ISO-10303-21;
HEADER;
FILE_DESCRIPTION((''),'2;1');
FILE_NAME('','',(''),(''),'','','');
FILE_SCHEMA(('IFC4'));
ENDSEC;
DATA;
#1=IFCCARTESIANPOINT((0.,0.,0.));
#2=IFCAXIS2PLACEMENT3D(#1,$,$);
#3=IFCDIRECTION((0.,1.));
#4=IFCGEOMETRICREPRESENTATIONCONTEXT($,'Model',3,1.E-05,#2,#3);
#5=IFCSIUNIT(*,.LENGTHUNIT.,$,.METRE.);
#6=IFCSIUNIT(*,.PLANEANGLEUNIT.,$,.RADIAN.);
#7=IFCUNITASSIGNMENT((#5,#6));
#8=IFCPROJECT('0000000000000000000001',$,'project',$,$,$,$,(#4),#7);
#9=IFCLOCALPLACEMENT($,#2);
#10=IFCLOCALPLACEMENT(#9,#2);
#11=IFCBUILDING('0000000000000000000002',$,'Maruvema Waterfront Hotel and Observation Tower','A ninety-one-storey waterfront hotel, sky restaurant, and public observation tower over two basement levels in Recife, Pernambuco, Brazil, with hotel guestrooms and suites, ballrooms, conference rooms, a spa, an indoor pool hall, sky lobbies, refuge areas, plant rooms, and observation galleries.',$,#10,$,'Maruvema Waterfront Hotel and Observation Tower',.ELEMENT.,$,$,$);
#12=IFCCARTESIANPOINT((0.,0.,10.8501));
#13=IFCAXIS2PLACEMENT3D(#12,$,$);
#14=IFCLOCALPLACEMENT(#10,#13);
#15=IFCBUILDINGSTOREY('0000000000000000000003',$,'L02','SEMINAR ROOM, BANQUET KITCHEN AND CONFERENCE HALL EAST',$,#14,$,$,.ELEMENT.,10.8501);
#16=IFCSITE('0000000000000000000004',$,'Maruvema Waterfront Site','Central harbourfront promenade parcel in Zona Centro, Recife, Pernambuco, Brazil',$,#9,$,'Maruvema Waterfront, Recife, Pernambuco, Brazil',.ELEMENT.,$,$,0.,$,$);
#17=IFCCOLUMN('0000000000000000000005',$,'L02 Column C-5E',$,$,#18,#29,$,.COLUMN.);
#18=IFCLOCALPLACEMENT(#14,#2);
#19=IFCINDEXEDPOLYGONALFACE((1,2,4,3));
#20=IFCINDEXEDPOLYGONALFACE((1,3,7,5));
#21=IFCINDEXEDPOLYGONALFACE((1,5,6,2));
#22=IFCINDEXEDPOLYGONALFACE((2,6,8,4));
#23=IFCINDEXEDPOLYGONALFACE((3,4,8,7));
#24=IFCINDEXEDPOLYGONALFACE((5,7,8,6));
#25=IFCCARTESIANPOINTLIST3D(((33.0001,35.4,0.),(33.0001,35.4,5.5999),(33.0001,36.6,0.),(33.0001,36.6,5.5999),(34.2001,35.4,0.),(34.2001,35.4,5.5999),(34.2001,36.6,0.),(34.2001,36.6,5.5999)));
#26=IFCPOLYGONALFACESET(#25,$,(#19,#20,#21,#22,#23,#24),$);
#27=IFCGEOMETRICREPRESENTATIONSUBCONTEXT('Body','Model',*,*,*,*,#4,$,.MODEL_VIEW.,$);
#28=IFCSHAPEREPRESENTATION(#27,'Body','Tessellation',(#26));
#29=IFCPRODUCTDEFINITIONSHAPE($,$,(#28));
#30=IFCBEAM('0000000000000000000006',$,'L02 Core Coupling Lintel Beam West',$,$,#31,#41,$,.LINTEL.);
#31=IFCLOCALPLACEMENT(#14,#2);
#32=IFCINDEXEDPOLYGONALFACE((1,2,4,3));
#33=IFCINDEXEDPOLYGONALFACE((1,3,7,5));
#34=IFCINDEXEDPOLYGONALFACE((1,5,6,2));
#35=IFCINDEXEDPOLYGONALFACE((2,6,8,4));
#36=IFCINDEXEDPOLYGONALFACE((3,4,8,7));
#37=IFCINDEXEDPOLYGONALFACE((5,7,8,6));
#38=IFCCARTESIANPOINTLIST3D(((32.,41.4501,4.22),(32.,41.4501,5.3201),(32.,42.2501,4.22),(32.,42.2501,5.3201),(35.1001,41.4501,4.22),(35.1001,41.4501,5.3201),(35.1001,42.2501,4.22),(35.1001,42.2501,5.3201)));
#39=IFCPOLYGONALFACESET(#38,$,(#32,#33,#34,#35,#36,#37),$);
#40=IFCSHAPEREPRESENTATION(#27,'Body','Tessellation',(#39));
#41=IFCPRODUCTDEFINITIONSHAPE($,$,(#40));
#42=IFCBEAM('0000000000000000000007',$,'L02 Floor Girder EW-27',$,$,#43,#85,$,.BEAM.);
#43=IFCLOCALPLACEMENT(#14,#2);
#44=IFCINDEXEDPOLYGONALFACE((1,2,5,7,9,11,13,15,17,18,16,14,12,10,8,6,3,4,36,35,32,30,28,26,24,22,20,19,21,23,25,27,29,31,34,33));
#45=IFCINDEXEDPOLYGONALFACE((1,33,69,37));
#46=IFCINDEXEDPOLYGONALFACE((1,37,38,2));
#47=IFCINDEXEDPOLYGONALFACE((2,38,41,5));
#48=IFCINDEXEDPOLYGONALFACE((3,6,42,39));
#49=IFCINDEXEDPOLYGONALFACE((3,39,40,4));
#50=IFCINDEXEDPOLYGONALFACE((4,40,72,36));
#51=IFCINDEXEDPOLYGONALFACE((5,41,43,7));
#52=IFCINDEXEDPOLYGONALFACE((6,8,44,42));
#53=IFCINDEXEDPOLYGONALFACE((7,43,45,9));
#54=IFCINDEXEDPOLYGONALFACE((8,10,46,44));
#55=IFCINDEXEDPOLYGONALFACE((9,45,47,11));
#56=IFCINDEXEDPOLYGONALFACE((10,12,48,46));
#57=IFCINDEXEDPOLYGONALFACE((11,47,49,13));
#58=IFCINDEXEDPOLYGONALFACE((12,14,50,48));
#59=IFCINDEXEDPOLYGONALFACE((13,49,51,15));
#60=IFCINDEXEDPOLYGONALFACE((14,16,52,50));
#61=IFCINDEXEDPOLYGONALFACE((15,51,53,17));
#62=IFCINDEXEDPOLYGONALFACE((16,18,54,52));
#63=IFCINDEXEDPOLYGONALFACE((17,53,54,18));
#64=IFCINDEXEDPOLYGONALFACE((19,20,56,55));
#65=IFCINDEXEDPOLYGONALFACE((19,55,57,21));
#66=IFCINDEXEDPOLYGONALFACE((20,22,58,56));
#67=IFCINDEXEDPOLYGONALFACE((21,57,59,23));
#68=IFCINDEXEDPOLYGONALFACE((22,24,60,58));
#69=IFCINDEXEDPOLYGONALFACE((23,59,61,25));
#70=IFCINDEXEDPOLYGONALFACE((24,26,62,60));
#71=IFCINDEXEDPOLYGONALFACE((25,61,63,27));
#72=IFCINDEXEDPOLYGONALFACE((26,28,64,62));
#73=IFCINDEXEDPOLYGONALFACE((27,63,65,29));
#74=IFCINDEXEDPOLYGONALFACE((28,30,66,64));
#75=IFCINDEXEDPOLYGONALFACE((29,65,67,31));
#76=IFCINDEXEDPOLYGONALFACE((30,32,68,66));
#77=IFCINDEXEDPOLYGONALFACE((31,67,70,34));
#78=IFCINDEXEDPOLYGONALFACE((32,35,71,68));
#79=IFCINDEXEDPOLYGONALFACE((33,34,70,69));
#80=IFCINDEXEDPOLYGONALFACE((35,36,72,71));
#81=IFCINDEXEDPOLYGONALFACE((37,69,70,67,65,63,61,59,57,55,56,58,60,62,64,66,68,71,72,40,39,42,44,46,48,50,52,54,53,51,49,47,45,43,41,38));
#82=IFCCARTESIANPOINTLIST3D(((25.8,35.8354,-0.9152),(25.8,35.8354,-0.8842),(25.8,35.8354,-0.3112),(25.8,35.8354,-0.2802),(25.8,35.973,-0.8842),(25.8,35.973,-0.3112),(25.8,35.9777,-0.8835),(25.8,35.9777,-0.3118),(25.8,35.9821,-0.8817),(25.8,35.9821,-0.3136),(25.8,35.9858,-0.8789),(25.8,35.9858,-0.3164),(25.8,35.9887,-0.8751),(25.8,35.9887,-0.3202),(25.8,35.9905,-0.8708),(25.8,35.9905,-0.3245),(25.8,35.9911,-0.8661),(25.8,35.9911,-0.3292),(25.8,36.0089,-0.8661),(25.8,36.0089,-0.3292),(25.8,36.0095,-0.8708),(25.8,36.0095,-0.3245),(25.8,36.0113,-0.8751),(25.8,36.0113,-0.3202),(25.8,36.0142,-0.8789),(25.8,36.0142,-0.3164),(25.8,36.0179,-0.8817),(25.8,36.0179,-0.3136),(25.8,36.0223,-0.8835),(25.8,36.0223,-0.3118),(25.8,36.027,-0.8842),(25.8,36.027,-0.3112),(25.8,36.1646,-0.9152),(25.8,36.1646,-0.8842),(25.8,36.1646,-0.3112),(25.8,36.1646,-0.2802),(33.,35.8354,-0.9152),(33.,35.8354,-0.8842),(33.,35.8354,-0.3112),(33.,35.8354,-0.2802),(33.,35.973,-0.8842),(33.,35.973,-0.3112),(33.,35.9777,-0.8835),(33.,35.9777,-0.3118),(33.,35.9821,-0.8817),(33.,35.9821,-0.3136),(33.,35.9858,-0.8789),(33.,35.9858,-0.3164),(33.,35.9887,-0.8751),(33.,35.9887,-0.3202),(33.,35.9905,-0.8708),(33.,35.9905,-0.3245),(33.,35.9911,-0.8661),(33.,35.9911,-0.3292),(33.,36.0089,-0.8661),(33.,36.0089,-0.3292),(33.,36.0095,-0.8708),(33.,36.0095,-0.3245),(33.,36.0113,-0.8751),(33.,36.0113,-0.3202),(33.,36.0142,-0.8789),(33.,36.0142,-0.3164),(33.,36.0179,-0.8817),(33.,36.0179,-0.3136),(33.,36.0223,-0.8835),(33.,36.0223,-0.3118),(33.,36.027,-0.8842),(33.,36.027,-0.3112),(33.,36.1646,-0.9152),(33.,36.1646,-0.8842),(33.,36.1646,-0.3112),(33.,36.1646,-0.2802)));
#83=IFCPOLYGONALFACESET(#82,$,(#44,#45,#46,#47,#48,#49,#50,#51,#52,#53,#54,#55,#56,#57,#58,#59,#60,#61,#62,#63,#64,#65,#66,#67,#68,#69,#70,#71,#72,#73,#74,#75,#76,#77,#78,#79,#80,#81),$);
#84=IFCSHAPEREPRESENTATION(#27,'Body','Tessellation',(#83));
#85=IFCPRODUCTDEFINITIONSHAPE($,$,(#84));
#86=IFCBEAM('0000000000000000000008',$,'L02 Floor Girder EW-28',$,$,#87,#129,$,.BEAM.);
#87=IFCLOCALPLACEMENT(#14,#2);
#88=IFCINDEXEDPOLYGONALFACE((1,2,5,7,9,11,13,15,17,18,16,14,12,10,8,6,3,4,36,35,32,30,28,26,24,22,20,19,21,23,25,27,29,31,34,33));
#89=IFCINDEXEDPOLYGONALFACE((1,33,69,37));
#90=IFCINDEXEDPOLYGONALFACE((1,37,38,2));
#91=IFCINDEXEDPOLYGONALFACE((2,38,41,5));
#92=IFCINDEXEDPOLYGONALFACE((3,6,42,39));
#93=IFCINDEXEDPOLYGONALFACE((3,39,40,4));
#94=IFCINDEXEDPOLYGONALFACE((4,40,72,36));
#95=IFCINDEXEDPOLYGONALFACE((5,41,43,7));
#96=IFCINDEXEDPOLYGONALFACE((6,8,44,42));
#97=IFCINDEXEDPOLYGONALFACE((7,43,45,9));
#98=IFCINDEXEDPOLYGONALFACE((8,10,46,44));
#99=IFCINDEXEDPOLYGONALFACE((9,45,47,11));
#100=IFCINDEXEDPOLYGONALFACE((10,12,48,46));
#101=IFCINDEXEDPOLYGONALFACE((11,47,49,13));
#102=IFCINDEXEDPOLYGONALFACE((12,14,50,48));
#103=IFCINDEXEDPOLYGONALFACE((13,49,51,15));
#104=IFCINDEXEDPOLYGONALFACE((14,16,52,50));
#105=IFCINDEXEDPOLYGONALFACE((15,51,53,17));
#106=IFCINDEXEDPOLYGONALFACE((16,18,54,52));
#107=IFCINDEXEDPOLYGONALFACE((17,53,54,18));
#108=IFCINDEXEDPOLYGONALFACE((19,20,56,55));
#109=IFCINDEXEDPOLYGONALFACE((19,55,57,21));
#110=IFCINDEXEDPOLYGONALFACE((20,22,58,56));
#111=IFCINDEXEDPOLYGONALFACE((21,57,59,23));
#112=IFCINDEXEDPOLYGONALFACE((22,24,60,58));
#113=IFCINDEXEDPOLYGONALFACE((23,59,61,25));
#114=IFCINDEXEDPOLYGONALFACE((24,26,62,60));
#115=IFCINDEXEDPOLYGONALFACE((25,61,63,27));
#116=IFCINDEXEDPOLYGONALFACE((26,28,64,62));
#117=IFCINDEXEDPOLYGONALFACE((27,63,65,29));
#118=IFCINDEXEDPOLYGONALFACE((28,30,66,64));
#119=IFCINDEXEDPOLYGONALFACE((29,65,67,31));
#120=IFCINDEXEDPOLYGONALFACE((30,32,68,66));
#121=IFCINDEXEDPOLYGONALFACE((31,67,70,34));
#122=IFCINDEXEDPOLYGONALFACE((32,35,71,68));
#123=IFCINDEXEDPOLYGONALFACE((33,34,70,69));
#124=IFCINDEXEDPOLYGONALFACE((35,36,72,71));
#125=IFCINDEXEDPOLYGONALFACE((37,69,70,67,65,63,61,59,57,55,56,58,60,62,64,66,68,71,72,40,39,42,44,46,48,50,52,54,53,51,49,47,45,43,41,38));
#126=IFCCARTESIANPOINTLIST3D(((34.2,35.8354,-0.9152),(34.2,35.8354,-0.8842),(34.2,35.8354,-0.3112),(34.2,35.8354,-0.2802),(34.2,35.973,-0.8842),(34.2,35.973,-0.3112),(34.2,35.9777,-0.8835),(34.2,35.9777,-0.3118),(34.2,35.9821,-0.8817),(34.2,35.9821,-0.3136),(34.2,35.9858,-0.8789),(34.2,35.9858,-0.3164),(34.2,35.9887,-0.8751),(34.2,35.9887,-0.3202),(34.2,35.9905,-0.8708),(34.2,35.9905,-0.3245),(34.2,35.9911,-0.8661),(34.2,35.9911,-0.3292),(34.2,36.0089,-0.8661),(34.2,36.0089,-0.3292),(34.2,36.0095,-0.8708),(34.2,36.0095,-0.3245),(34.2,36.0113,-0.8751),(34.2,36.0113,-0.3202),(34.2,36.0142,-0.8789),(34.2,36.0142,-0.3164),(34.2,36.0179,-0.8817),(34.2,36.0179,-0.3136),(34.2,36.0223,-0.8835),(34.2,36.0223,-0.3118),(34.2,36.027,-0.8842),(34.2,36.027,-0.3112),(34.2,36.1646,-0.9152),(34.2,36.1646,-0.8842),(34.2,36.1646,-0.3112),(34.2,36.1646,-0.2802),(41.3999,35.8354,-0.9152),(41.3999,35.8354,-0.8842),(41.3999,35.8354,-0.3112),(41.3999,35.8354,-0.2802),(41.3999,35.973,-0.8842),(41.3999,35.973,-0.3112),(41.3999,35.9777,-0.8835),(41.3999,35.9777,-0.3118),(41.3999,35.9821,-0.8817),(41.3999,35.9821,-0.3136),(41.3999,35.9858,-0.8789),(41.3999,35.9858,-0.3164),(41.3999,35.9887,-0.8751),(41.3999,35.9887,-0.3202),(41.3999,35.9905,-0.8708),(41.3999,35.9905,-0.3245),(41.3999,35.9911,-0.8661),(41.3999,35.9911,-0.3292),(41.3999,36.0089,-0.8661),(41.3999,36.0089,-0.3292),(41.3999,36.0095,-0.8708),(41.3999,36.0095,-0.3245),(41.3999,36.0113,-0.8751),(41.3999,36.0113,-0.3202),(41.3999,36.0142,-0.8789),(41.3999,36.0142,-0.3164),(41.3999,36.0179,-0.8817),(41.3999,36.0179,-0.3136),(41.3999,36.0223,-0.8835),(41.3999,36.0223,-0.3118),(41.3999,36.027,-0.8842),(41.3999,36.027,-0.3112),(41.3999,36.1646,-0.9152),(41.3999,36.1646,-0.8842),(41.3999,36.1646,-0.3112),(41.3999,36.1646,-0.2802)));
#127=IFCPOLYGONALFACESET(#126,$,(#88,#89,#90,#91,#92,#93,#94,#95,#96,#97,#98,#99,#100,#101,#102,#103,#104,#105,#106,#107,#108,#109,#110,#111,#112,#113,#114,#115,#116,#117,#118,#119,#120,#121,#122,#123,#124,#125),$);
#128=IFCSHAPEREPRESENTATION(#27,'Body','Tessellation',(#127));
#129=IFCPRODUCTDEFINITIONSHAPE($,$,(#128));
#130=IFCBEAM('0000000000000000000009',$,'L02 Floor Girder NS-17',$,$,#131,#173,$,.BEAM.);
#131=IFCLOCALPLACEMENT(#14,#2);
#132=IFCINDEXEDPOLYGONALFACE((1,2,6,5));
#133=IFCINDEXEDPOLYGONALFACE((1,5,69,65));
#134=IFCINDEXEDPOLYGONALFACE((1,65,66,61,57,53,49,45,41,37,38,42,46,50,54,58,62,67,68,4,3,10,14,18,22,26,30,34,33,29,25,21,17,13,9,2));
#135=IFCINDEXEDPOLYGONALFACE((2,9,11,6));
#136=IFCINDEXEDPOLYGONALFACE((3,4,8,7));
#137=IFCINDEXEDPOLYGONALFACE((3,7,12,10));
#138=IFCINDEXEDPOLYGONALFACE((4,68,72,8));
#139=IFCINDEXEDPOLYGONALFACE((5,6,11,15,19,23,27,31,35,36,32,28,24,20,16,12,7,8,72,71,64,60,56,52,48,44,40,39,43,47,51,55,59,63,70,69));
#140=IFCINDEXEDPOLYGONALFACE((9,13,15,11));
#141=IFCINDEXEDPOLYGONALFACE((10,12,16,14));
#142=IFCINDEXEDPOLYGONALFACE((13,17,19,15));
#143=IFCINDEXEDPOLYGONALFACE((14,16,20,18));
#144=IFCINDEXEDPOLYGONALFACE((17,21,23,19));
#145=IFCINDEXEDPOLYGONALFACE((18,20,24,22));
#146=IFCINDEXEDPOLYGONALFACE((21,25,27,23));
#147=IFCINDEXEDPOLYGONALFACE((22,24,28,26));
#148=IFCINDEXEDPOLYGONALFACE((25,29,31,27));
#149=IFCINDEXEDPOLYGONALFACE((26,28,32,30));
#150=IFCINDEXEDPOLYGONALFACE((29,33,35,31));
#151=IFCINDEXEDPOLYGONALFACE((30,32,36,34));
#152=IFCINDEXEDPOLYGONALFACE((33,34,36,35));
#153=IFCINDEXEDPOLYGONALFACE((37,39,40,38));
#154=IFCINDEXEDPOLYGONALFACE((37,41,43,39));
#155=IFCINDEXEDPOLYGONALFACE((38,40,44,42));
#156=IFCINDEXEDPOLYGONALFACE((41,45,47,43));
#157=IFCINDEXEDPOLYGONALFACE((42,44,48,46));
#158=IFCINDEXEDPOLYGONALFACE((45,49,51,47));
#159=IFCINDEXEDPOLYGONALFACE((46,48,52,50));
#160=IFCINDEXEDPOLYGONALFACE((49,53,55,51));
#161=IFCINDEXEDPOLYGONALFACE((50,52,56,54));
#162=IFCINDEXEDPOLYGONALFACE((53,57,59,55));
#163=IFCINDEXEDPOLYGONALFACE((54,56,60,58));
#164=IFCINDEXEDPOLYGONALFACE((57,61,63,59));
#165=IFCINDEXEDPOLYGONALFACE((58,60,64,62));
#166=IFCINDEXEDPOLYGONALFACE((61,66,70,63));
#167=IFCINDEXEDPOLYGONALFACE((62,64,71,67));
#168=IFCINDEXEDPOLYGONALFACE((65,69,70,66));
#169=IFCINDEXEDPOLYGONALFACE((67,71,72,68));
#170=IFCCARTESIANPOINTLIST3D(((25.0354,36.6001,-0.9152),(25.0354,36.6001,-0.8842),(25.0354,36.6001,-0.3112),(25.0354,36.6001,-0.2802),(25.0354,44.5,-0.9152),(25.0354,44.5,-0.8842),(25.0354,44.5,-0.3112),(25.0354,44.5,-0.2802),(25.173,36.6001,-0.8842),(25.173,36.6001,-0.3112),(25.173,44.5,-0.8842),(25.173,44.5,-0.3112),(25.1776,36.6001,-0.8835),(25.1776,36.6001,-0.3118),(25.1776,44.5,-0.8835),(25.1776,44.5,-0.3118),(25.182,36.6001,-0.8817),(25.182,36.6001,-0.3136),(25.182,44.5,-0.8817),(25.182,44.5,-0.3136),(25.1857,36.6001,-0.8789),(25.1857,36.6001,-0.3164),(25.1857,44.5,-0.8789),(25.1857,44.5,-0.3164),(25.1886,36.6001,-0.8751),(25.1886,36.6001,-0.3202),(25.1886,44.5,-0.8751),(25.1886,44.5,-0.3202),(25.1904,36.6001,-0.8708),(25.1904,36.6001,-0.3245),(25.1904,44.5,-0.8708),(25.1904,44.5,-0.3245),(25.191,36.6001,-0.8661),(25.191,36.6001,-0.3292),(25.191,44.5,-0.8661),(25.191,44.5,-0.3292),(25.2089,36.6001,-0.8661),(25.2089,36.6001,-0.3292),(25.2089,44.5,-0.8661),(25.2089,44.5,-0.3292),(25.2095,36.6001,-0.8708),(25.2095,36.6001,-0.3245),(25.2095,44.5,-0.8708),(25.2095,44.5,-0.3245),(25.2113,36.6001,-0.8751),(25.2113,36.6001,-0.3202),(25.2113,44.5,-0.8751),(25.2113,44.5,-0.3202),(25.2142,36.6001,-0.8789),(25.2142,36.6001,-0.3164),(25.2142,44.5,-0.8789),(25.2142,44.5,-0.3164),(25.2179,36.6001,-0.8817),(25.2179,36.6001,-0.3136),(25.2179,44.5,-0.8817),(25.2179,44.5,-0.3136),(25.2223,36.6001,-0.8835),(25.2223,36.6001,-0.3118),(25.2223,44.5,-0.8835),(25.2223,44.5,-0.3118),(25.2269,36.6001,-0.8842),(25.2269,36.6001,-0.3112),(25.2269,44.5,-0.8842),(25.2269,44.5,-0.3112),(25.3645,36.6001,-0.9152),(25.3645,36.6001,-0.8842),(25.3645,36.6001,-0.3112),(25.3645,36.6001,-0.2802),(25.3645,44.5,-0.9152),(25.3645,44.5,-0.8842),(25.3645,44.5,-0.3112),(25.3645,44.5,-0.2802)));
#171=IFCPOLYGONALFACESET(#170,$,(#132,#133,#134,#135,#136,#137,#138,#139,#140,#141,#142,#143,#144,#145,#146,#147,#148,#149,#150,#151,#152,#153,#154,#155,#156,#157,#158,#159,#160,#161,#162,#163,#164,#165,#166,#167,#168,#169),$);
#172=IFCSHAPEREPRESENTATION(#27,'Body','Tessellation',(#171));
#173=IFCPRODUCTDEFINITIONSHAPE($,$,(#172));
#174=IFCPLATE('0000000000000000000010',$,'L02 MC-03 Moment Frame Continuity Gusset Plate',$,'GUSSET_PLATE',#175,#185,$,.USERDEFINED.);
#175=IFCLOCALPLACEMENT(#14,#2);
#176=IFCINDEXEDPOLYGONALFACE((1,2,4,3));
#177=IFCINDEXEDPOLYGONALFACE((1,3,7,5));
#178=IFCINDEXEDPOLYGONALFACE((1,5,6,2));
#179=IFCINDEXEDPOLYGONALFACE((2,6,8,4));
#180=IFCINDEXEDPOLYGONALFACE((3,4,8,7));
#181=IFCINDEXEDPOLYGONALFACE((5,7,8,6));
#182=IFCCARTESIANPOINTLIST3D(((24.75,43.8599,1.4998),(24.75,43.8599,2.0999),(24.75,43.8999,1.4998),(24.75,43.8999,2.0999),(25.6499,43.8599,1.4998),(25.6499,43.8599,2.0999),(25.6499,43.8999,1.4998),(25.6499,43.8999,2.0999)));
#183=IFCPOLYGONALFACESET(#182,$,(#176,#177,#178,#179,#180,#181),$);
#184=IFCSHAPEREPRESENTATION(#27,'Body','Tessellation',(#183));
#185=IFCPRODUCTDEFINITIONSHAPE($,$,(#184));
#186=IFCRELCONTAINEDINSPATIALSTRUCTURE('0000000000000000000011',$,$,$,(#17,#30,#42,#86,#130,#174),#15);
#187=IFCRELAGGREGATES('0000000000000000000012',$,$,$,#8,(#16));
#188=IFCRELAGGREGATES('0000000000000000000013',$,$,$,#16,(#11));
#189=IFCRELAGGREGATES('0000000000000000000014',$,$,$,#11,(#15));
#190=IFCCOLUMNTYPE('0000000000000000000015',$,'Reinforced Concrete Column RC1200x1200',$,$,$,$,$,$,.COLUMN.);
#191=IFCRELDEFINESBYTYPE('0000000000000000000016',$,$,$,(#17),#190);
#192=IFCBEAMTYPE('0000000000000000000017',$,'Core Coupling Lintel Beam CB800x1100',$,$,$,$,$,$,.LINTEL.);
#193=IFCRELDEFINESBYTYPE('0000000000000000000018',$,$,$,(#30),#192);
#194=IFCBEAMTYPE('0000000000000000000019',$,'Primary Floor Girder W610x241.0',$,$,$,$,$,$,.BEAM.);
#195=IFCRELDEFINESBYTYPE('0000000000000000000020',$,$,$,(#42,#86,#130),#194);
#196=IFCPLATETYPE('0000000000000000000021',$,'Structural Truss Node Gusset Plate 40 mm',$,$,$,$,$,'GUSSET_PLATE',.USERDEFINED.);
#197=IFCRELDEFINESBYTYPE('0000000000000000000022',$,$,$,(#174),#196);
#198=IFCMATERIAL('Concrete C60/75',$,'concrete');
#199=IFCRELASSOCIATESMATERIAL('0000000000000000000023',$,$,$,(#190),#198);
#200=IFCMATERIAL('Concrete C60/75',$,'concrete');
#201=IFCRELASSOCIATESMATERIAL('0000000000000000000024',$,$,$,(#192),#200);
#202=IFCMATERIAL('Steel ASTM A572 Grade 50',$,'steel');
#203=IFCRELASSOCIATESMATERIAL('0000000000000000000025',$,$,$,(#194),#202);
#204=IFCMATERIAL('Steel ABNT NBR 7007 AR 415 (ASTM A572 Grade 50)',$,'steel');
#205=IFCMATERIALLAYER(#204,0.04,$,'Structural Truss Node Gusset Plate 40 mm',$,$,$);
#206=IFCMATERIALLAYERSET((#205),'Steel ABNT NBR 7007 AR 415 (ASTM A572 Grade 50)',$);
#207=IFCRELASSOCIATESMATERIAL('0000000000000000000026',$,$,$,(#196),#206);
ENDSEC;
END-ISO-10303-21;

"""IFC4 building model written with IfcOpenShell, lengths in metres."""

from ifc_helpers import new_model, si_unit, direction, frame, origin, origin_2d, place, context, subcontext, project, spatial, rectangle, i_section, extrude, material, layer, layer_set, material_profile, profile_set, type_object, element, save


model = new_model("IFC4")

# Units and contexts
model_context = context("Model", 3, precision=1e-05, world=origin(), true_north=direction((0.0, 1.0)))
body_context = subcontext(model_context, "Body", "Model", "MODEL_VIEW")
ifc_project = project(units=[si_unit("LENGTHUNIT", "METRE"), si_unit("PLANEANGLEUNIT", "RADIAN")], contexts=[model_context])

# Site, building, storey
site_placement = place(None, origin())
site = spatial("IfcSite", under=ifc_project, at=site_placement, Name="Maruvema Waterfront Site", Description="Central harbourfront promenade parcel in Zona Centro, Recife, Pernambuco, Brazil", LongName="Maruvema Waterfront, Recife, Pernambuco, Brazil", CompositionType="ELEMENT", RefElevation=0.0)
building_placement = place(site_placement, origin())
building = spatial("IfcBuilding", under=site, at=building_placement, Name="Maruvema Waterfront Hotel and Observation Tower", Description="A ninety-one-storey waterfront hotel, sky restaurant, and public observation tower over two basement levels in Recife, Pernambuco, Brazil, with hotel guestrooms and suites, ballrooms, conference rooms, a spa, an indoor pool hall, sky lobbies, refuge areas, plant rooms, and observation galleries.", LongName="Maruvema Waterfront Hotel and Observation Tower", CompositionType="ELEMENT")
storey_placement = place(building_placement, frame((0.0, 0.0, 10.8501)))
storey = spatial("IfcBuildingStorey", under=building, at=storey_placement, Name="L02", Description="SEMINAR ROOM, BANQUET KITCHEN AND CONFERENCE HALL EAST", CompositionType="ELEMENT", Elevation=10.8501)

# Column
ifc_material_1 = material(Name="Concrete C60/75", Category="concrete")
ifc_material_profile_1 = material_profile(ifc_material_1, rectangle(XDim=1.2, YDim=1.2, at=origin_2d()), Name="RC1200x1200")
ifc_profile_set_1 = profile_set([ifc_material_profile_1], Name="Concrete C60/75")
column_type = type_object("IfcColumnType", Name="Reinforced Concrete Column RC1200x1200", PredefinedType="COLUMN", material=ifc_profile_set_1)
column_placement = place(storey_placement, frame((33.6001, 36.0, 0.0), z_axis=(0.0, 0.0, 1.0), x_axis=(1.0, 0.0, 0.0)))
element("IfcColumn", 1, at=column_placement, inside=storey, type_object=column_type, Name="L02 Column C-5E", PredefinedType="COLUMN", context=body_context, shape_type="SweptSolid", body=[
    extrude(rectangle(XDim=1.2, YDim=1.2, at=origin_2d()), origin(), (0.0, 0.0, 1.0), 5.5999),
])

# Beams
ifc_material_2 = material(Name="Concrete C60/75", Category="concrete")
ifc_material_profile_2 = material_profile(ifc_material_2, rectangle(XDim=0.8, YDim=1.1001, at=origin_2d()), Name="CB800x1100")
ifc_profile_set_2 = profile_set([ifc_material_profile_2], Name="Concrete C60/75")
beam_type_1 = type_object("IfcBeamType", Name="Core Coupling Lintel Beam CB800x1100", PredefinedType="LINTEL", material=ifc_profile_set_2)
beam_1_placement = place(storey_placement, frame((32.0, 41.8501, 4.77), z_axis=(1.0, 0.0, 0.0), x_axis=(0.0, 1.0, 0.0)))
element("IfcBeam", 2, at=beam_1_placement, inside=storey, type_object=beam_type_1, Name="L02 Core Coupling Lintel Beam West", PredefinedType="LINTEL", context=body_context, shape_type="SweptSolid", body=[
    extrude(rectangle(XDim=0.8, YDim=1.1001, at=origin_2d()), origin(), (0.0, 0.0, 1.0), 3.1001),
])
ifc_material_3 = material(Name="Steel ASTM A572 Grade 50", Category="steel")
ifc_material_profile_3 = material_profile(ifc_material_3, i_section(OverallWidth=0.3291, OverallDepth=0.635, WebThickness=0.0178, FlangeThickness=0.031, FilletRadius=0.0181, at=origin_2d()), Name="W610x241.0")
ifc_profile_set_3 = profile_set([ifc_material_profile_3], Name="Steel ASTM A572 Grade 50")
beam_type_2 = type_object("IfcBeamType", Name="Primary Floor Girder W610x241.0", PredefinedType="BEAM", material=ifc_profile_set_3)
for number, where, z_axis, x_axis, name in (
    (3, (25.8, 36.0, -0.5977), (1.0, 0.0, 0.0), (0.0, 1.0, 0.0), "L02 Floor Girder EW-27"),
    (4, (34.2, 36.0, -0.5977), (1.0, 0.0, 0.0), (0.0, 1.0, 0.0), "L02 Floor Girder EW-28"),
):
    element("IfcBeam", number, at=place(storey_placement, frame(where, z_axis=z_axis, x_axis=x_axis)), inside=storey, type_object=beam_type_2, Name=name, PredefinedType="BEAM", context=body_context, shape_type="SweptSolid", body=[
        extrude(i_section(OverallWidth=0.3291, OverallDepth=0.635, WebThickness=0.0178, FlangeThickness=0.031, FilletRadius=0.0181, at=origin_2d()), origin(), (0.0, 0.0, 1.0), 7.2),
    ])
beam_2_placement = place(storey_placement, frame((25.2, 36.6001, -0.5977), z_axis=(0.0, 1.0, 0.0), x_axis=(-1.0, 0.0, 0.0)))
element("IfcBeam", 5, at=beam_2_placement, inside=storey, type_object=beam_type_2, Name="L02 Floor Girder NS-17", PredefinedType="BEAM", context=body_context, shape_type="SweptSolid", body=[
    extrude(i_section(OverallWidth=0.3291, OverallDepth=0.635, WebThickness=0.0178, FlangeThickness=0.031, FilletRadius=0.0181, at=origin_2d()), origin(), (0.0, 0.0, 1.0), 7.8999),
])

# Plate
ifc_material_4 = material(Name="Steel ABNT NBR 7007 AR 415 (ASTM A572 Grade 50)", Category="steel")
ifc_layer_1 = layer(ifc_material_4, 0.04, Name="Structural Truss Node Gusset Plate 40 mm")
ifc_layer_set_1 = layer_set([ifc_layer_1], Name="Steel ABNT NBR 7007 AR 415 (ASTM A572 Grade 50)")
plate_type = type_object("IfcPlateType", Name="Structural Truss Node Gusset Plate 40 mm", ElementType="GUSSET_PLATE", PredefinedType="USERDEFINED", material=ifc_layer_set_1)
plate_placement = place(storey_placement, frame((25.2, 43.8799, 1.4998), z_axis=(0.0, 0.0, 1.0), x_axis=(1.0, 0.0, 0.0)))
element("IfcPlate", 6, at=plate_placement, inside=storey, type_object=plate_type, Name="L02 MC-03 Moment Frame Continuity Gusset Plate", ObjectType="GUSSET_PLATE", PredefinedType="USERDEFINED", context=body_context, shape_type="SweptSolid", body=[
    extrude(rectangle(XDim=0.8999, YDim=0.04, at=origin_2d()), origin(), (0.0, 0.0, 1.0), 0.6001),
])

save(model, "model.ifc")
